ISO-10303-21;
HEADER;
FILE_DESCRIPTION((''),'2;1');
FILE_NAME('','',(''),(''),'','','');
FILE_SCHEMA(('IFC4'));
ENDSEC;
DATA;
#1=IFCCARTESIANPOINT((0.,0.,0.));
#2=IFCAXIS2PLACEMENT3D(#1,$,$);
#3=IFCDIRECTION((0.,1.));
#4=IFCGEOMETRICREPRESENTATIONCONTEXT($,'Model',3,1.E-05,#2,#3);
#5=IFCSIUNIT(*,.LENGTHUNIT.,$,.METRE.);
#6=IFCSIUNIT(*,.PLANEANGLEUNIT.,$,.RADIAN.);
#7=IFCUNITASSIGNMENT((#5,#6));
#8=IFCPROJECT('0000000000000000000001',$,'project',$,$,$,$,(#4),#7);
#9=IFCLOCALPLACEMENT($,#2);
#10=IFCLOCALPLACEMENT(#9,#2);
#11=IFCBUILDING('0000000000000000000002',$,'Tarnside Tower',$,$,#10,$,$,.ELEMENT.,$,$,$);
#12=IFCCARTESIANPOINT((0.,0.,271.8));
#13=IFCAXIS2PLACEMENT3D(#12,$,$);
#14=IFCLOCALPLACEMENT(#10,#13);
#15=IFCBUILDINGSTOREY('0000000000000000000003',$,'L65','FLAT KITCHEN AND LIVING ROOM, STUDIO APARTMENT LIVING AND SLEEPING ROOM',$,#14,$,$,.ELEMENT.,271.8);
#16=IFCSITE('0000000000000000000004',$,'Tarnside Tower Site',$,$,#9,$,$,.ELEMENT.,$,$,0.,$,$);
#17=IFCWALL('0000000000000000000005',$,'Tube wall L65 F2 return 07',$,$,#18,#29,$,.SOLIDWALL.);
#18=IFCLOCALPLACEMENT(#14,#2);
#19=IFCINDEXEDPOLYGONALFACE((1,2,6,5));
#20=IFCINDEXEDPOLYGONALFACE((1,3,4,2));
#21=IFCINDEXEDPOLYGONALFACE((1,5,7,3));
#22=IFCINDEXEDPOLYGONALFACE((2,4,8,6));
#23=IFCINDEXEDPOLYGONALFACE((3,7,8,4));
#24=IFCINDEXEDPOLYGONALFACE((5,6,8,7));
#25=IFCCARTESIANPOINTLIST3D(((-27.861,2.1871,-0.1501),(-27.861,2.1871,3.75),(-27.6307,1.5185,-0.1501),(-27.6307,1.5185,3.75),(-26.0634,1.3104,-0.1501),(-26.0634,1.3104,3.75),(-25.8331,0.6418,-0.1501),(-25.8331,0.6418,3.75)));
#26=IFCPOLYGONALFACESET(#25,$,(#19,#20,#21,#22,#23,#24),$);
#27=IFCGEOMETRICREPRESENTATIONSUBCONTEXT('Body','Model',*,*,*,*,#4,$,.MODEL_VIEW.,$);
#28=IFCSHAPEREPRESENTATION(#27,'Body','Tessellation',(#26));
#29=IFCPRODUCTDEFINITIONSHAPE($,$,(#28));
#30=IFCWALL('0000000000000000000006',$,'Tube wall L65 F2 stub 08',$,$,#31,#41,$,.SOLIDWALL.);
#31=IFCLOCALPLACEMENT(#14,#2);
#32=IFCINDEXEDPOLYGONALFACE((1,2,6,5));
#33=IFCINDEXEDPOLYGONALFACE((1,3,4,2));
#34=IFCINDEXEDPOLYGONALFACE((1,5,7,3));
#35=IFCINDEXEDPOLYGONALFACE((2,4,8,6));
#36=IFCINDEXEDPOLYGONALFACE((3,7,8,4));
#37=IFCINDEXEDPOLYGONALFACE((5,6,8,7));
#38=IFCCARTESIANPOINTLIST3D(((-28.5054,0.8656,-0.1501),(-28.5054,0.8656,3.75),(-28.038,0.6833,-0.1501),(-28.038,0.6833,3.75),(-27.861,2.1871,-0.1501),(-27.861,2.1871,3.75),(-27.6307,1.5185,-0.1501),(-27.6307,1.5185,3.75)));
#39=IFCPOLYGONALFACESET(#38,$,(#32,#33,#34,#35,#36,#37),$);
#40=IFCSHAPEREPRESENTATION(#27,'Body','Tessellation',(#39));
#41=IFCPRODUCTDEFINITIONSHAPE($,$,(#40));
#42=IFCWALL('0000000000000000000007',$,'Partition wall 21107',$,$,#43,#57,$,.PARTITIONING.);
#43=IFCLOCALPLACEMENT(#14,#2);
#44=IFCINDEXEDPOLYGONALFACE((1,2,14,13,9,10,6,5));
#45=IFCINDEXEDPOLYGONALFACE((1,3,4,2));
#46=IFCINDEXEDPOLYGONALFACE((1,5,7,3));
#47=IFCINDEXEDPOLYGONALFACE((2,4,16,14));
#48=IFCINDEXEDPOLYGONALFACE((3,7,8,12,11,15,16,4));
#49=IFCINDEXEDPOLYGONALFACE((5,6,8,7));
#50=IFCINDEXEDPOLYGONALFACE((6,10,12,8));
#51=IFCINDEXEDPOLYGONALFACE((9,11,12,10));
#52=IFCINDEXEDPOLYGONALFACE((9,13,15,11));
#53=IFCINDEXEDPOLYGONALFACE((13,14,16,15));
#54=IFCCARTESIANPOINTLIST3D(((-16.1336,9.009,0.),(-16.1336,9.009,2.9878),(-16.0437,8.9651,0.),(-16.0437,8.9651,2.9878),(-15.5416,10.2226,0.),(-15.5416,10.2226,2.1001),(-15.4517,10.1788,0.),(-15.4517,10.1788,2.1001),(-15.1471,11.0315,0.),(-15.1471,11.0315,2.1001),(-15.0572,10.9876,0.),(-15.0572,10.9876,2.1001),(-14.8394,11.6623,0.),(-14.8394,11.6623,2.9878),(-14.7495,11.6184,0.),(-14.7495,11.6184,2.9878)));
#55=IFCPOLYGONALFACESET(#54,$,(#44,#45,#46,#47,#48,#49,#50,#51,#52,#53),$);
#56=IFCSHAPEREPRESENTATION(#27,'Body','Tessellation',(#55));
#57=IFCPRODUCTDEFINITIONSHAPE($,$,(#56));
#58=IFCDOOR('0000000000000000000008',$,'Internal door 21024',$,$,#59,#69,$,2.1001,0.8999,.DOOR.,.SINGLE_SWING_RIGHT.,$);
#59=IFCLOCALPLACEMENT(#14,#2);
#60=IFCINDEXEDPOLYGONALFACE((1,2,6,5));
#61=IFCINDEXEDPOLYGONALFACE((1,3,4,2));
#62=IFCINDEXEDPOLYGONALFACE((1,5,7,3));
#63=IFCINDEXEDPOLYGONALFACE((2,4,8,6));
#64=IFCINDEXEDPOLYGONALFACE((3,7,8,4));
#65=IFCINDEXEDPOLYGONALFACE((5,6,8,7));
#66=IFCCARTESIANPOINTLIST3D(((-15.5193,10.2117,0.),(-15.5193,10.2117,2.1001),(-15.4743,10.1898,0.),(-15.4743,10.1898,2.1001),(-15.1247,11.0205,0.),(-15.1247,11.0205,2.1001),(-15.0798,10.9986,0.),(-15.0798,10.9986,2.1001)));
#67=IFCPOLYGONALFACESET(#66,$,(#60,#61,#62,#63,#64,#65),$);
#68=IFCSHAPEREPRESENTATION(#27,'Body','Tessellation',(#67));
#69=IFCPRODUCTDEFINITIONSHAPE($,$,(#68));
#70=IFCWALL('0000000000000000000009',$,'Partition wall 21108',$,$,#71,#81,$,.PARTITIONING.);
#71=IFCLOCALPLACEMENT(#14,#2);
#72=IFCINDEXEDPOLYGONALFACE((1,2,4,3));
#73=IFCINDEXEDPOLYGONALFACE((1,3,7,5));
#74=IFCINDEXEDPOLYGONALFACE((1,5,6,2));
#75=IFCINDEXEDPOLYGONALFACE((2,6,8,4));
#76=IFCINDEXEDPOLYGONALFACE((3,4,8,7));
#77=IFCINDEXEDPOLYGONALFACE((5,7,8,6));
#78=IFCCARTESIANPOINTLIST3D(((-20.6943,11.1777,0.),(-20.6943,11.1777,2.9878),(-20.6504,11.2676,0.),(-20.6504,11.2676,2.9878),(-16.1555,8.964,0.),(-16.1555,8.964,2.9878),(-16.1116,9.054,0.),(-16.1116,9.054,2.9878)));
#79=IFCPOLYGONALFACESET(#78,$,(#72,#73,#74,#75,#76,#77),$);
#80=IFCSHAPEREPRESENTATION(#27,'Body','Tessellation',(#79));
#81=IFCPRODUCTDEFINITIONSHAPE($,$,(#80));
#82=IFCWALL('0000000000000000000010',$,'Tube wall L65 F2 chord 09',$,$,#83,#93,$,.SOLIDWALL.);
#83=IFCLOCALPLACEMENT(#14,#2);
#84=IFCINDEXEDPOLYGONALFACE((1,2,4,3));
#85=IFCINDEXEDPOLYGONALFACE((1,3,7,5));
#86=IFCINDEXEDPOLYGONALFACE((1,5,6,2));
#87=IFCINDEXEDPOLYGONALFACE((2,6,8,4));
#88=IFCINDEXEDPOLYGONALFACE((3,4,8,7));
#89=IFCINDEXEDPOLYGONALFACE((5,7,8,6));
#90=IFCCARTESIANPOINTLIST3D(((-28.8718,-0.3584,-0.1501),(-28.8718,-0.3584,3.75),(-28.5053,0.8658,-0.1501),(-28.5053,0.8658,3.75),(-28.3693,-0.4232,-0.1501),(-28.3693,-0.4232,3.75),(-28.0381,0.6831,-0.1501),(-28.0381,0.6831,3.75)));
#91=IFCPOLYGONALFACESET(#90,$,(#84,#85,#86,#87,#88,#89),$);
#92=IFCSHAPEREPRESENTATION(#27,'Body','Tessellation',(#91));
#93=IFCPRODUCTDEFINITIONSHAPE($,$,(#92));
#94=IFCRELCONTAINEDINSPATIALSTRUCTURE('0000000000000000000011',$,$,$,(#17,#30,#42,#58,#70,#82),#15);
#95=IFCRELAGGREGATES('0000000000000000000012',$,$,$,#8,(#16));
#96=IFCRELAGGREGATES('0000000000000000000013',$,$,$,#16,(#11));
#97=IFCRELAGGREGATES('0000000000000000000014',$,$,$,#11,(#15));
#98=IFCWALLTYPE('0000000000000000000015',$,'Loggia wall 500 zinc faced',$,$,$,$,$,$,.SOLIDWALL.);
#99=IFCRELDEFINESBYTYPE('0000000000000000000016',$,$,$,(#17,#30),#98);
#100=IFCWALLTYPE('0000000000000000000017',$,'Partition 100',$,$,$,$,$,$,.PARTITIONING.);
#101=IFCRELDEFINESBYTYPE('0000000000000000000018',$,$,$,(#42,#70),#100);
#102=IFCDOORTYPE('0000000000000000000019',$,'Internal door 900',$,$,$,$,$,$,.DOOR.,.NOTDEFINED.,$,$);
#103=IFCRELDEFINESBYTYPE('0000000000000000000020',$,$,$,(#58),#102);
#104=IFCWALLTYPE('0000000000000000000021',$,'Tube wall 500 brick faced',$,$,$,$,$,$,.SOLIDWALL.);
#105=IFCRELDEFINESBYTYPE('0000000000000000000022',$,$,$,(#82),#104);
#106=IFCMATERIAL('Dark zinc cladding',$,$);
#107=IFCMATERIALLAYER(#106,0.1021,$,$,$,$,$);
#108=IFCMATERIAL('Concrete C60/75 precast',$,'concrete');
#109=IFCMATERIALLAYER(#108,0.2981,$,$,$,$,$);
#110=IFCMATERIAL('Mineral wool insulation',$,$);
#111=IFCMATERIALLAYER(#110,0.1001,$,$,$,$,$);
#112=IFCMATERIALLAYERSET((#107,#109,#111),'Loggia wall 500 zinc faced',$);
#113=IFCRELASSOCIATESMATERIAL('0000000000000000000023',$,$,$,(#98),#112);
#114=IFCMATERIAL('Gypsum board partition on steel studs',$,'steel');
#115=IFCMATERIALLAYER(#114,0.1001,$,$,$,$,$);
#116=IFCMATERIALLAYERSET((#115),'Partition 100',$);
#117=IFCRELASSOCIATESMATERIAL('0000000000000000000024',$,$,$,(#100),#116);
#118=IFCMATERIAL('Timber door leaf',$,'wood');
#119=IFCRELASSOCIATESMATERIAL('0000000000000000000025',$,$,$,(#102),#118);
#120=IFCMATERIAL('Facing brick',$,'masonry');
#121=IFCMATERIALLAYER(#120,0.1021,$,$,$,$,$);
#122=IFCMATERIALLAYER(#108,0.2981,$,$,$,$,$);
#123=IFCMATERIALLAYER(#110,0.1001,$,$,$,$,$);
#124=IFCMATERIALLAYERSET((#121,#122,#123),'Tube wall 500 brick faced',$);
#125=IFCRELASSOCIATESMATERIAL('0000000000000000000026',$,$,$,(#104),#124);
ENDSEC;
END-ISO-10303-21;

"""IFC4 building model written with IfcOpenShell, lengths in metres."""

from ifc_helpers import new_model, si_unit, direction, frame, frame_2d, origin, place, context, subcontext, project, spatial, polyline, rectangle, outline, extrude, material, layer, layer_set, type_object, element, fill, save


model = new_model("IFC4")

# Units and contexts
model_context = context("Model", 3, precision=1e-05, world=origin(), true_north=direction((0.0, 1.0)))
body_context = subcontext(model_context, "Body", "Model", "MODEL_VIEW")
ifc_project = project(units=[si_unit("LENGTHUNIT", "METRE"), si_unit("PLANEANGLEUNIT", "RADIAN")], contexts=[model_context])

# Site, building, storey
site_placement = place(None, origin())
site = spatial("IfcSite", under=ifc_project, at=site_placement, Name="Tarnside Tower Site", CompositionType="ELEMENT", RefElevation=0.0)
building_placement = place(site_placement, origin())
building = spatial("IfcBuilding", under=site, at=building_placement, Name="Tarnside Tower", CompositionType="ELEMENT")
storey_placement = place(building_placement, frame((0.0, 0.0, 271.8)))
storey = spatial("IfcBuildingStorey", under=building, at=storey_placement, Name="L65", Description="FLAT KITCHEN AND LIVING ROOM, STUDIO APARTMENT LIVING AND SLEEPING ROOM", CompositionType="ELEMENT", Elevation=271.8)

# Shared definitions
ifc_material_1 = material(Name="Gypsum board partition on steel studs", Category="steel")

# Shared definitions
ifc_material_2 = material(Name="Timber door leaf", Category="wood")

# Walls
ifc_material_3 = material(Name="Dark zinc cladding")
ifc_layer_1 = layer(ifc_material_3, 0.1021)
ifc_material_4 = material(Name="Concrete C60/75 precast", Category="concrete")
ifc_layer_2 = layer(ifc_material_4, 0.2981)
ifc_material_5 = material(Name="Mineral wool insulation")
ifc_layer_3 = layer(ifc_material_5, 0.1001)
ifc_layer_set_1 = layer_set([ifc_layer_1, ifc_layer_2, ifc_layer_3], Name="Loggia wall 500 zinc faced")
wall_type_1 = type_object("IfcWallType", Name="Loggia wall 500 zinc faced", PredefinedType="SOLIDWALL", material=ifc_layer_set_1)
wall_1_placement = place(storey_placement, frame((-25.9482, 0.9761, -0.1501), z_axis=(0.0, 0.0, 1.0), x_axis=(-0.898802, 0.438354, 0.0)))
element("IfcWall", 1, at=wall_1_placement, inside=storey, type_object=wall_type_1, Name="Tube wall L65 F2 return 07", PredefinedType="SOLIDWALL", context=body_context, shape_type="SweptSolid", body=[
    extrude(outline(polyline([(0.25, -0.25), (2.25, -0.25), (1.75, 0.25), (-0.25, 0.25), (0.25, -0.25)])), origin(), (0.0, 0.0, 1.0), 3.9001),
])
wall_2_placement = place(storey_placement, frame((-27.7458, 1.8528, -0.1501), z_axis=(0.0, 0.0, 1.0), x_axis=(-0.438319, -0.898819, 0.0)))
element("IfcWall", 2, at=wall_2_placement, inside=storey, type_object=wall_type_1, Name="Tube wall L65 F2 stub 08", PredefinedType="SOLIDWALL", context=body_context, shape_type="SweptSolid", body=[
    extrude(outline(polyline([(-0.25, -0.25), (1.2202, -0.25), (1.1792, 0.25), (0.25, 0.25), (-0.25, -0.25)])), origin(), (0.0, 0.0, 1.0), 3.9001),
])

# Wall, opening, door
ifc_layer_4 = layer(ifc_material_1, 0.1001)
ifc_layer_set_2 = layer_set([ifc_layer_4], Name="Partition 100")
wall_type_2 = type_object("IfcWallType", Name="Partition 100", PredefinedType="PARTITIONING", material=ifc_layer_set_2)
wall_3_placement = place(storey_placement, frame((-14.7944, 11.6404, 0.0), z_axis=(0.0, 0.0, 1.0), x_axis=(-0.438393, -0.898784, 0.0)))
wall_3 = element("IfcWall", 3, at=wall_3_placement, inside=storey, type_object=wall_type_2, Name="Partition wall 21107", PredefinedType="PARTITIONING", context=body_context, shape_type="SweptSolid", body=[
    extrude(rectangle(XDim=2.9521, YDim=0.1001, at=frame_2d((1.4761, 0.0))), origin(), (0.0, 0.0, 1.0), 2.9878),
])
opening_1_placement = place(wall_3_placement, frame((0.7019, 0.0, 0.0)))
opening_1 = element("IfcOpeningElement", 4, at=opening_1_placement, cuts=wall_3, PredefinedType="OPENING", context=body_context, shape_type="SweptSolid", body=[
    extrude(rectangle(XDim=0.8999, YDim=2.1001, at=frame_2d((0.45, 1.05))), frame((0.0, 0.0601, 0.0), z_axis=(0.0, -1.0, 0.0), x_axis=(1.0, 0.0, 0.0)), (0.0, 0.0, 1.0), 0.1201),
])
door_type_1 = type_object("IfcDoorType", Name="Internal door 900", OperationType="NOTDEFINED", PredefinedType="DOOR", material=ifc_material_2)
door_1_placement = place(opening_1_placement, origin())
door_1 = element("IfcDoor", 5, at=door_1_placement, inside=storey, type_object=door_type_1, Name="Internal door 21024", OperationType="SINGLE_SWING_RIGHT", OverallHeight=2.1001, OverallWidth=0.8999, PredefinedType="DOOR", context=body_context, shape_type="SweptSolid", body=[
    extrude(rectangle(XDim=0.8999, YDim=2.1001, at=frame_2d((0.45, 1.05))), frame((0.0, 0.0249, 0.0), z_axis=(0.0, -1.0, 0.0), x_axis=(1.0, 0.0, 0.0)), (0.0, 0.0, 1.0), 0.05),
])
fill(opening_1, door_1)

# Walls
wall_4_placement = place(storey_placement, frame((-16.1335, 9.009, 0.0), z_axis=(0.0, 0.0, 1.0), x_axis=(-0.898802, 0.438354, 0.0)))
element("IfcWall", 6, at=wall_4_placement, inside=storey, type_object=wall_type_2, Name="Partition wall 21108", PredefinedType="PARTITIONING", context=body_context, shape_type="SweptSolid", body=[
    extrude(rectangle(XDim=5.0498, YDim=0.1001, at=frame_2d((2.5249, 0.0))), origin(), (0.0, 0.0, 1.0), 2.9878),
])
ifc_material_6 = material(Name="Facing brick", Category="masonry")
ifc_layer_5 = layer(ifc_material_6, 0.1021)
ifc_layer_6 = layer(ifc_material_4, 0.2981)
ifc_layer_7 = layer(ifc_material_5, 0.1001)
ifc_layer_set_3 = layer_set([ifc_layer_5, ifc_layer_6, ifc_layer_7], Name="Tube wall 500 brick faced")
wall_type_3 = type_object("IfcWallType", Name="Tube wall 500 brick faced", PredefinedType="SOLIDWALL", material=ifc_layer_set_3)
wall_5_placement = place(storey_placement, frame((-28.2717, 0.7744, -0.1501), z_axis=(0.0, 0.0, 1.0), x_axis=(-0.286814, -0.957986, 0.0)))
element("IfcWall", 7, at=wall_5_placement, inside=storey, type_object=wall_type_3, Name="Tube wall L65 F2 chord 09", PredefinedType="SOLIDWALL", context=body_context, shape_type="SweptSolid", body=[
    extrude(outline(polyline([(-0.0205, -0.25), (1.2573, -0.25), (1.1753, 0.25), (0.0205, 0.25), (-0.0205, -0.25)])), origin(), (0.0, 0.0, 1.0), 3.9001),
])

save(model, "model.ifc")
